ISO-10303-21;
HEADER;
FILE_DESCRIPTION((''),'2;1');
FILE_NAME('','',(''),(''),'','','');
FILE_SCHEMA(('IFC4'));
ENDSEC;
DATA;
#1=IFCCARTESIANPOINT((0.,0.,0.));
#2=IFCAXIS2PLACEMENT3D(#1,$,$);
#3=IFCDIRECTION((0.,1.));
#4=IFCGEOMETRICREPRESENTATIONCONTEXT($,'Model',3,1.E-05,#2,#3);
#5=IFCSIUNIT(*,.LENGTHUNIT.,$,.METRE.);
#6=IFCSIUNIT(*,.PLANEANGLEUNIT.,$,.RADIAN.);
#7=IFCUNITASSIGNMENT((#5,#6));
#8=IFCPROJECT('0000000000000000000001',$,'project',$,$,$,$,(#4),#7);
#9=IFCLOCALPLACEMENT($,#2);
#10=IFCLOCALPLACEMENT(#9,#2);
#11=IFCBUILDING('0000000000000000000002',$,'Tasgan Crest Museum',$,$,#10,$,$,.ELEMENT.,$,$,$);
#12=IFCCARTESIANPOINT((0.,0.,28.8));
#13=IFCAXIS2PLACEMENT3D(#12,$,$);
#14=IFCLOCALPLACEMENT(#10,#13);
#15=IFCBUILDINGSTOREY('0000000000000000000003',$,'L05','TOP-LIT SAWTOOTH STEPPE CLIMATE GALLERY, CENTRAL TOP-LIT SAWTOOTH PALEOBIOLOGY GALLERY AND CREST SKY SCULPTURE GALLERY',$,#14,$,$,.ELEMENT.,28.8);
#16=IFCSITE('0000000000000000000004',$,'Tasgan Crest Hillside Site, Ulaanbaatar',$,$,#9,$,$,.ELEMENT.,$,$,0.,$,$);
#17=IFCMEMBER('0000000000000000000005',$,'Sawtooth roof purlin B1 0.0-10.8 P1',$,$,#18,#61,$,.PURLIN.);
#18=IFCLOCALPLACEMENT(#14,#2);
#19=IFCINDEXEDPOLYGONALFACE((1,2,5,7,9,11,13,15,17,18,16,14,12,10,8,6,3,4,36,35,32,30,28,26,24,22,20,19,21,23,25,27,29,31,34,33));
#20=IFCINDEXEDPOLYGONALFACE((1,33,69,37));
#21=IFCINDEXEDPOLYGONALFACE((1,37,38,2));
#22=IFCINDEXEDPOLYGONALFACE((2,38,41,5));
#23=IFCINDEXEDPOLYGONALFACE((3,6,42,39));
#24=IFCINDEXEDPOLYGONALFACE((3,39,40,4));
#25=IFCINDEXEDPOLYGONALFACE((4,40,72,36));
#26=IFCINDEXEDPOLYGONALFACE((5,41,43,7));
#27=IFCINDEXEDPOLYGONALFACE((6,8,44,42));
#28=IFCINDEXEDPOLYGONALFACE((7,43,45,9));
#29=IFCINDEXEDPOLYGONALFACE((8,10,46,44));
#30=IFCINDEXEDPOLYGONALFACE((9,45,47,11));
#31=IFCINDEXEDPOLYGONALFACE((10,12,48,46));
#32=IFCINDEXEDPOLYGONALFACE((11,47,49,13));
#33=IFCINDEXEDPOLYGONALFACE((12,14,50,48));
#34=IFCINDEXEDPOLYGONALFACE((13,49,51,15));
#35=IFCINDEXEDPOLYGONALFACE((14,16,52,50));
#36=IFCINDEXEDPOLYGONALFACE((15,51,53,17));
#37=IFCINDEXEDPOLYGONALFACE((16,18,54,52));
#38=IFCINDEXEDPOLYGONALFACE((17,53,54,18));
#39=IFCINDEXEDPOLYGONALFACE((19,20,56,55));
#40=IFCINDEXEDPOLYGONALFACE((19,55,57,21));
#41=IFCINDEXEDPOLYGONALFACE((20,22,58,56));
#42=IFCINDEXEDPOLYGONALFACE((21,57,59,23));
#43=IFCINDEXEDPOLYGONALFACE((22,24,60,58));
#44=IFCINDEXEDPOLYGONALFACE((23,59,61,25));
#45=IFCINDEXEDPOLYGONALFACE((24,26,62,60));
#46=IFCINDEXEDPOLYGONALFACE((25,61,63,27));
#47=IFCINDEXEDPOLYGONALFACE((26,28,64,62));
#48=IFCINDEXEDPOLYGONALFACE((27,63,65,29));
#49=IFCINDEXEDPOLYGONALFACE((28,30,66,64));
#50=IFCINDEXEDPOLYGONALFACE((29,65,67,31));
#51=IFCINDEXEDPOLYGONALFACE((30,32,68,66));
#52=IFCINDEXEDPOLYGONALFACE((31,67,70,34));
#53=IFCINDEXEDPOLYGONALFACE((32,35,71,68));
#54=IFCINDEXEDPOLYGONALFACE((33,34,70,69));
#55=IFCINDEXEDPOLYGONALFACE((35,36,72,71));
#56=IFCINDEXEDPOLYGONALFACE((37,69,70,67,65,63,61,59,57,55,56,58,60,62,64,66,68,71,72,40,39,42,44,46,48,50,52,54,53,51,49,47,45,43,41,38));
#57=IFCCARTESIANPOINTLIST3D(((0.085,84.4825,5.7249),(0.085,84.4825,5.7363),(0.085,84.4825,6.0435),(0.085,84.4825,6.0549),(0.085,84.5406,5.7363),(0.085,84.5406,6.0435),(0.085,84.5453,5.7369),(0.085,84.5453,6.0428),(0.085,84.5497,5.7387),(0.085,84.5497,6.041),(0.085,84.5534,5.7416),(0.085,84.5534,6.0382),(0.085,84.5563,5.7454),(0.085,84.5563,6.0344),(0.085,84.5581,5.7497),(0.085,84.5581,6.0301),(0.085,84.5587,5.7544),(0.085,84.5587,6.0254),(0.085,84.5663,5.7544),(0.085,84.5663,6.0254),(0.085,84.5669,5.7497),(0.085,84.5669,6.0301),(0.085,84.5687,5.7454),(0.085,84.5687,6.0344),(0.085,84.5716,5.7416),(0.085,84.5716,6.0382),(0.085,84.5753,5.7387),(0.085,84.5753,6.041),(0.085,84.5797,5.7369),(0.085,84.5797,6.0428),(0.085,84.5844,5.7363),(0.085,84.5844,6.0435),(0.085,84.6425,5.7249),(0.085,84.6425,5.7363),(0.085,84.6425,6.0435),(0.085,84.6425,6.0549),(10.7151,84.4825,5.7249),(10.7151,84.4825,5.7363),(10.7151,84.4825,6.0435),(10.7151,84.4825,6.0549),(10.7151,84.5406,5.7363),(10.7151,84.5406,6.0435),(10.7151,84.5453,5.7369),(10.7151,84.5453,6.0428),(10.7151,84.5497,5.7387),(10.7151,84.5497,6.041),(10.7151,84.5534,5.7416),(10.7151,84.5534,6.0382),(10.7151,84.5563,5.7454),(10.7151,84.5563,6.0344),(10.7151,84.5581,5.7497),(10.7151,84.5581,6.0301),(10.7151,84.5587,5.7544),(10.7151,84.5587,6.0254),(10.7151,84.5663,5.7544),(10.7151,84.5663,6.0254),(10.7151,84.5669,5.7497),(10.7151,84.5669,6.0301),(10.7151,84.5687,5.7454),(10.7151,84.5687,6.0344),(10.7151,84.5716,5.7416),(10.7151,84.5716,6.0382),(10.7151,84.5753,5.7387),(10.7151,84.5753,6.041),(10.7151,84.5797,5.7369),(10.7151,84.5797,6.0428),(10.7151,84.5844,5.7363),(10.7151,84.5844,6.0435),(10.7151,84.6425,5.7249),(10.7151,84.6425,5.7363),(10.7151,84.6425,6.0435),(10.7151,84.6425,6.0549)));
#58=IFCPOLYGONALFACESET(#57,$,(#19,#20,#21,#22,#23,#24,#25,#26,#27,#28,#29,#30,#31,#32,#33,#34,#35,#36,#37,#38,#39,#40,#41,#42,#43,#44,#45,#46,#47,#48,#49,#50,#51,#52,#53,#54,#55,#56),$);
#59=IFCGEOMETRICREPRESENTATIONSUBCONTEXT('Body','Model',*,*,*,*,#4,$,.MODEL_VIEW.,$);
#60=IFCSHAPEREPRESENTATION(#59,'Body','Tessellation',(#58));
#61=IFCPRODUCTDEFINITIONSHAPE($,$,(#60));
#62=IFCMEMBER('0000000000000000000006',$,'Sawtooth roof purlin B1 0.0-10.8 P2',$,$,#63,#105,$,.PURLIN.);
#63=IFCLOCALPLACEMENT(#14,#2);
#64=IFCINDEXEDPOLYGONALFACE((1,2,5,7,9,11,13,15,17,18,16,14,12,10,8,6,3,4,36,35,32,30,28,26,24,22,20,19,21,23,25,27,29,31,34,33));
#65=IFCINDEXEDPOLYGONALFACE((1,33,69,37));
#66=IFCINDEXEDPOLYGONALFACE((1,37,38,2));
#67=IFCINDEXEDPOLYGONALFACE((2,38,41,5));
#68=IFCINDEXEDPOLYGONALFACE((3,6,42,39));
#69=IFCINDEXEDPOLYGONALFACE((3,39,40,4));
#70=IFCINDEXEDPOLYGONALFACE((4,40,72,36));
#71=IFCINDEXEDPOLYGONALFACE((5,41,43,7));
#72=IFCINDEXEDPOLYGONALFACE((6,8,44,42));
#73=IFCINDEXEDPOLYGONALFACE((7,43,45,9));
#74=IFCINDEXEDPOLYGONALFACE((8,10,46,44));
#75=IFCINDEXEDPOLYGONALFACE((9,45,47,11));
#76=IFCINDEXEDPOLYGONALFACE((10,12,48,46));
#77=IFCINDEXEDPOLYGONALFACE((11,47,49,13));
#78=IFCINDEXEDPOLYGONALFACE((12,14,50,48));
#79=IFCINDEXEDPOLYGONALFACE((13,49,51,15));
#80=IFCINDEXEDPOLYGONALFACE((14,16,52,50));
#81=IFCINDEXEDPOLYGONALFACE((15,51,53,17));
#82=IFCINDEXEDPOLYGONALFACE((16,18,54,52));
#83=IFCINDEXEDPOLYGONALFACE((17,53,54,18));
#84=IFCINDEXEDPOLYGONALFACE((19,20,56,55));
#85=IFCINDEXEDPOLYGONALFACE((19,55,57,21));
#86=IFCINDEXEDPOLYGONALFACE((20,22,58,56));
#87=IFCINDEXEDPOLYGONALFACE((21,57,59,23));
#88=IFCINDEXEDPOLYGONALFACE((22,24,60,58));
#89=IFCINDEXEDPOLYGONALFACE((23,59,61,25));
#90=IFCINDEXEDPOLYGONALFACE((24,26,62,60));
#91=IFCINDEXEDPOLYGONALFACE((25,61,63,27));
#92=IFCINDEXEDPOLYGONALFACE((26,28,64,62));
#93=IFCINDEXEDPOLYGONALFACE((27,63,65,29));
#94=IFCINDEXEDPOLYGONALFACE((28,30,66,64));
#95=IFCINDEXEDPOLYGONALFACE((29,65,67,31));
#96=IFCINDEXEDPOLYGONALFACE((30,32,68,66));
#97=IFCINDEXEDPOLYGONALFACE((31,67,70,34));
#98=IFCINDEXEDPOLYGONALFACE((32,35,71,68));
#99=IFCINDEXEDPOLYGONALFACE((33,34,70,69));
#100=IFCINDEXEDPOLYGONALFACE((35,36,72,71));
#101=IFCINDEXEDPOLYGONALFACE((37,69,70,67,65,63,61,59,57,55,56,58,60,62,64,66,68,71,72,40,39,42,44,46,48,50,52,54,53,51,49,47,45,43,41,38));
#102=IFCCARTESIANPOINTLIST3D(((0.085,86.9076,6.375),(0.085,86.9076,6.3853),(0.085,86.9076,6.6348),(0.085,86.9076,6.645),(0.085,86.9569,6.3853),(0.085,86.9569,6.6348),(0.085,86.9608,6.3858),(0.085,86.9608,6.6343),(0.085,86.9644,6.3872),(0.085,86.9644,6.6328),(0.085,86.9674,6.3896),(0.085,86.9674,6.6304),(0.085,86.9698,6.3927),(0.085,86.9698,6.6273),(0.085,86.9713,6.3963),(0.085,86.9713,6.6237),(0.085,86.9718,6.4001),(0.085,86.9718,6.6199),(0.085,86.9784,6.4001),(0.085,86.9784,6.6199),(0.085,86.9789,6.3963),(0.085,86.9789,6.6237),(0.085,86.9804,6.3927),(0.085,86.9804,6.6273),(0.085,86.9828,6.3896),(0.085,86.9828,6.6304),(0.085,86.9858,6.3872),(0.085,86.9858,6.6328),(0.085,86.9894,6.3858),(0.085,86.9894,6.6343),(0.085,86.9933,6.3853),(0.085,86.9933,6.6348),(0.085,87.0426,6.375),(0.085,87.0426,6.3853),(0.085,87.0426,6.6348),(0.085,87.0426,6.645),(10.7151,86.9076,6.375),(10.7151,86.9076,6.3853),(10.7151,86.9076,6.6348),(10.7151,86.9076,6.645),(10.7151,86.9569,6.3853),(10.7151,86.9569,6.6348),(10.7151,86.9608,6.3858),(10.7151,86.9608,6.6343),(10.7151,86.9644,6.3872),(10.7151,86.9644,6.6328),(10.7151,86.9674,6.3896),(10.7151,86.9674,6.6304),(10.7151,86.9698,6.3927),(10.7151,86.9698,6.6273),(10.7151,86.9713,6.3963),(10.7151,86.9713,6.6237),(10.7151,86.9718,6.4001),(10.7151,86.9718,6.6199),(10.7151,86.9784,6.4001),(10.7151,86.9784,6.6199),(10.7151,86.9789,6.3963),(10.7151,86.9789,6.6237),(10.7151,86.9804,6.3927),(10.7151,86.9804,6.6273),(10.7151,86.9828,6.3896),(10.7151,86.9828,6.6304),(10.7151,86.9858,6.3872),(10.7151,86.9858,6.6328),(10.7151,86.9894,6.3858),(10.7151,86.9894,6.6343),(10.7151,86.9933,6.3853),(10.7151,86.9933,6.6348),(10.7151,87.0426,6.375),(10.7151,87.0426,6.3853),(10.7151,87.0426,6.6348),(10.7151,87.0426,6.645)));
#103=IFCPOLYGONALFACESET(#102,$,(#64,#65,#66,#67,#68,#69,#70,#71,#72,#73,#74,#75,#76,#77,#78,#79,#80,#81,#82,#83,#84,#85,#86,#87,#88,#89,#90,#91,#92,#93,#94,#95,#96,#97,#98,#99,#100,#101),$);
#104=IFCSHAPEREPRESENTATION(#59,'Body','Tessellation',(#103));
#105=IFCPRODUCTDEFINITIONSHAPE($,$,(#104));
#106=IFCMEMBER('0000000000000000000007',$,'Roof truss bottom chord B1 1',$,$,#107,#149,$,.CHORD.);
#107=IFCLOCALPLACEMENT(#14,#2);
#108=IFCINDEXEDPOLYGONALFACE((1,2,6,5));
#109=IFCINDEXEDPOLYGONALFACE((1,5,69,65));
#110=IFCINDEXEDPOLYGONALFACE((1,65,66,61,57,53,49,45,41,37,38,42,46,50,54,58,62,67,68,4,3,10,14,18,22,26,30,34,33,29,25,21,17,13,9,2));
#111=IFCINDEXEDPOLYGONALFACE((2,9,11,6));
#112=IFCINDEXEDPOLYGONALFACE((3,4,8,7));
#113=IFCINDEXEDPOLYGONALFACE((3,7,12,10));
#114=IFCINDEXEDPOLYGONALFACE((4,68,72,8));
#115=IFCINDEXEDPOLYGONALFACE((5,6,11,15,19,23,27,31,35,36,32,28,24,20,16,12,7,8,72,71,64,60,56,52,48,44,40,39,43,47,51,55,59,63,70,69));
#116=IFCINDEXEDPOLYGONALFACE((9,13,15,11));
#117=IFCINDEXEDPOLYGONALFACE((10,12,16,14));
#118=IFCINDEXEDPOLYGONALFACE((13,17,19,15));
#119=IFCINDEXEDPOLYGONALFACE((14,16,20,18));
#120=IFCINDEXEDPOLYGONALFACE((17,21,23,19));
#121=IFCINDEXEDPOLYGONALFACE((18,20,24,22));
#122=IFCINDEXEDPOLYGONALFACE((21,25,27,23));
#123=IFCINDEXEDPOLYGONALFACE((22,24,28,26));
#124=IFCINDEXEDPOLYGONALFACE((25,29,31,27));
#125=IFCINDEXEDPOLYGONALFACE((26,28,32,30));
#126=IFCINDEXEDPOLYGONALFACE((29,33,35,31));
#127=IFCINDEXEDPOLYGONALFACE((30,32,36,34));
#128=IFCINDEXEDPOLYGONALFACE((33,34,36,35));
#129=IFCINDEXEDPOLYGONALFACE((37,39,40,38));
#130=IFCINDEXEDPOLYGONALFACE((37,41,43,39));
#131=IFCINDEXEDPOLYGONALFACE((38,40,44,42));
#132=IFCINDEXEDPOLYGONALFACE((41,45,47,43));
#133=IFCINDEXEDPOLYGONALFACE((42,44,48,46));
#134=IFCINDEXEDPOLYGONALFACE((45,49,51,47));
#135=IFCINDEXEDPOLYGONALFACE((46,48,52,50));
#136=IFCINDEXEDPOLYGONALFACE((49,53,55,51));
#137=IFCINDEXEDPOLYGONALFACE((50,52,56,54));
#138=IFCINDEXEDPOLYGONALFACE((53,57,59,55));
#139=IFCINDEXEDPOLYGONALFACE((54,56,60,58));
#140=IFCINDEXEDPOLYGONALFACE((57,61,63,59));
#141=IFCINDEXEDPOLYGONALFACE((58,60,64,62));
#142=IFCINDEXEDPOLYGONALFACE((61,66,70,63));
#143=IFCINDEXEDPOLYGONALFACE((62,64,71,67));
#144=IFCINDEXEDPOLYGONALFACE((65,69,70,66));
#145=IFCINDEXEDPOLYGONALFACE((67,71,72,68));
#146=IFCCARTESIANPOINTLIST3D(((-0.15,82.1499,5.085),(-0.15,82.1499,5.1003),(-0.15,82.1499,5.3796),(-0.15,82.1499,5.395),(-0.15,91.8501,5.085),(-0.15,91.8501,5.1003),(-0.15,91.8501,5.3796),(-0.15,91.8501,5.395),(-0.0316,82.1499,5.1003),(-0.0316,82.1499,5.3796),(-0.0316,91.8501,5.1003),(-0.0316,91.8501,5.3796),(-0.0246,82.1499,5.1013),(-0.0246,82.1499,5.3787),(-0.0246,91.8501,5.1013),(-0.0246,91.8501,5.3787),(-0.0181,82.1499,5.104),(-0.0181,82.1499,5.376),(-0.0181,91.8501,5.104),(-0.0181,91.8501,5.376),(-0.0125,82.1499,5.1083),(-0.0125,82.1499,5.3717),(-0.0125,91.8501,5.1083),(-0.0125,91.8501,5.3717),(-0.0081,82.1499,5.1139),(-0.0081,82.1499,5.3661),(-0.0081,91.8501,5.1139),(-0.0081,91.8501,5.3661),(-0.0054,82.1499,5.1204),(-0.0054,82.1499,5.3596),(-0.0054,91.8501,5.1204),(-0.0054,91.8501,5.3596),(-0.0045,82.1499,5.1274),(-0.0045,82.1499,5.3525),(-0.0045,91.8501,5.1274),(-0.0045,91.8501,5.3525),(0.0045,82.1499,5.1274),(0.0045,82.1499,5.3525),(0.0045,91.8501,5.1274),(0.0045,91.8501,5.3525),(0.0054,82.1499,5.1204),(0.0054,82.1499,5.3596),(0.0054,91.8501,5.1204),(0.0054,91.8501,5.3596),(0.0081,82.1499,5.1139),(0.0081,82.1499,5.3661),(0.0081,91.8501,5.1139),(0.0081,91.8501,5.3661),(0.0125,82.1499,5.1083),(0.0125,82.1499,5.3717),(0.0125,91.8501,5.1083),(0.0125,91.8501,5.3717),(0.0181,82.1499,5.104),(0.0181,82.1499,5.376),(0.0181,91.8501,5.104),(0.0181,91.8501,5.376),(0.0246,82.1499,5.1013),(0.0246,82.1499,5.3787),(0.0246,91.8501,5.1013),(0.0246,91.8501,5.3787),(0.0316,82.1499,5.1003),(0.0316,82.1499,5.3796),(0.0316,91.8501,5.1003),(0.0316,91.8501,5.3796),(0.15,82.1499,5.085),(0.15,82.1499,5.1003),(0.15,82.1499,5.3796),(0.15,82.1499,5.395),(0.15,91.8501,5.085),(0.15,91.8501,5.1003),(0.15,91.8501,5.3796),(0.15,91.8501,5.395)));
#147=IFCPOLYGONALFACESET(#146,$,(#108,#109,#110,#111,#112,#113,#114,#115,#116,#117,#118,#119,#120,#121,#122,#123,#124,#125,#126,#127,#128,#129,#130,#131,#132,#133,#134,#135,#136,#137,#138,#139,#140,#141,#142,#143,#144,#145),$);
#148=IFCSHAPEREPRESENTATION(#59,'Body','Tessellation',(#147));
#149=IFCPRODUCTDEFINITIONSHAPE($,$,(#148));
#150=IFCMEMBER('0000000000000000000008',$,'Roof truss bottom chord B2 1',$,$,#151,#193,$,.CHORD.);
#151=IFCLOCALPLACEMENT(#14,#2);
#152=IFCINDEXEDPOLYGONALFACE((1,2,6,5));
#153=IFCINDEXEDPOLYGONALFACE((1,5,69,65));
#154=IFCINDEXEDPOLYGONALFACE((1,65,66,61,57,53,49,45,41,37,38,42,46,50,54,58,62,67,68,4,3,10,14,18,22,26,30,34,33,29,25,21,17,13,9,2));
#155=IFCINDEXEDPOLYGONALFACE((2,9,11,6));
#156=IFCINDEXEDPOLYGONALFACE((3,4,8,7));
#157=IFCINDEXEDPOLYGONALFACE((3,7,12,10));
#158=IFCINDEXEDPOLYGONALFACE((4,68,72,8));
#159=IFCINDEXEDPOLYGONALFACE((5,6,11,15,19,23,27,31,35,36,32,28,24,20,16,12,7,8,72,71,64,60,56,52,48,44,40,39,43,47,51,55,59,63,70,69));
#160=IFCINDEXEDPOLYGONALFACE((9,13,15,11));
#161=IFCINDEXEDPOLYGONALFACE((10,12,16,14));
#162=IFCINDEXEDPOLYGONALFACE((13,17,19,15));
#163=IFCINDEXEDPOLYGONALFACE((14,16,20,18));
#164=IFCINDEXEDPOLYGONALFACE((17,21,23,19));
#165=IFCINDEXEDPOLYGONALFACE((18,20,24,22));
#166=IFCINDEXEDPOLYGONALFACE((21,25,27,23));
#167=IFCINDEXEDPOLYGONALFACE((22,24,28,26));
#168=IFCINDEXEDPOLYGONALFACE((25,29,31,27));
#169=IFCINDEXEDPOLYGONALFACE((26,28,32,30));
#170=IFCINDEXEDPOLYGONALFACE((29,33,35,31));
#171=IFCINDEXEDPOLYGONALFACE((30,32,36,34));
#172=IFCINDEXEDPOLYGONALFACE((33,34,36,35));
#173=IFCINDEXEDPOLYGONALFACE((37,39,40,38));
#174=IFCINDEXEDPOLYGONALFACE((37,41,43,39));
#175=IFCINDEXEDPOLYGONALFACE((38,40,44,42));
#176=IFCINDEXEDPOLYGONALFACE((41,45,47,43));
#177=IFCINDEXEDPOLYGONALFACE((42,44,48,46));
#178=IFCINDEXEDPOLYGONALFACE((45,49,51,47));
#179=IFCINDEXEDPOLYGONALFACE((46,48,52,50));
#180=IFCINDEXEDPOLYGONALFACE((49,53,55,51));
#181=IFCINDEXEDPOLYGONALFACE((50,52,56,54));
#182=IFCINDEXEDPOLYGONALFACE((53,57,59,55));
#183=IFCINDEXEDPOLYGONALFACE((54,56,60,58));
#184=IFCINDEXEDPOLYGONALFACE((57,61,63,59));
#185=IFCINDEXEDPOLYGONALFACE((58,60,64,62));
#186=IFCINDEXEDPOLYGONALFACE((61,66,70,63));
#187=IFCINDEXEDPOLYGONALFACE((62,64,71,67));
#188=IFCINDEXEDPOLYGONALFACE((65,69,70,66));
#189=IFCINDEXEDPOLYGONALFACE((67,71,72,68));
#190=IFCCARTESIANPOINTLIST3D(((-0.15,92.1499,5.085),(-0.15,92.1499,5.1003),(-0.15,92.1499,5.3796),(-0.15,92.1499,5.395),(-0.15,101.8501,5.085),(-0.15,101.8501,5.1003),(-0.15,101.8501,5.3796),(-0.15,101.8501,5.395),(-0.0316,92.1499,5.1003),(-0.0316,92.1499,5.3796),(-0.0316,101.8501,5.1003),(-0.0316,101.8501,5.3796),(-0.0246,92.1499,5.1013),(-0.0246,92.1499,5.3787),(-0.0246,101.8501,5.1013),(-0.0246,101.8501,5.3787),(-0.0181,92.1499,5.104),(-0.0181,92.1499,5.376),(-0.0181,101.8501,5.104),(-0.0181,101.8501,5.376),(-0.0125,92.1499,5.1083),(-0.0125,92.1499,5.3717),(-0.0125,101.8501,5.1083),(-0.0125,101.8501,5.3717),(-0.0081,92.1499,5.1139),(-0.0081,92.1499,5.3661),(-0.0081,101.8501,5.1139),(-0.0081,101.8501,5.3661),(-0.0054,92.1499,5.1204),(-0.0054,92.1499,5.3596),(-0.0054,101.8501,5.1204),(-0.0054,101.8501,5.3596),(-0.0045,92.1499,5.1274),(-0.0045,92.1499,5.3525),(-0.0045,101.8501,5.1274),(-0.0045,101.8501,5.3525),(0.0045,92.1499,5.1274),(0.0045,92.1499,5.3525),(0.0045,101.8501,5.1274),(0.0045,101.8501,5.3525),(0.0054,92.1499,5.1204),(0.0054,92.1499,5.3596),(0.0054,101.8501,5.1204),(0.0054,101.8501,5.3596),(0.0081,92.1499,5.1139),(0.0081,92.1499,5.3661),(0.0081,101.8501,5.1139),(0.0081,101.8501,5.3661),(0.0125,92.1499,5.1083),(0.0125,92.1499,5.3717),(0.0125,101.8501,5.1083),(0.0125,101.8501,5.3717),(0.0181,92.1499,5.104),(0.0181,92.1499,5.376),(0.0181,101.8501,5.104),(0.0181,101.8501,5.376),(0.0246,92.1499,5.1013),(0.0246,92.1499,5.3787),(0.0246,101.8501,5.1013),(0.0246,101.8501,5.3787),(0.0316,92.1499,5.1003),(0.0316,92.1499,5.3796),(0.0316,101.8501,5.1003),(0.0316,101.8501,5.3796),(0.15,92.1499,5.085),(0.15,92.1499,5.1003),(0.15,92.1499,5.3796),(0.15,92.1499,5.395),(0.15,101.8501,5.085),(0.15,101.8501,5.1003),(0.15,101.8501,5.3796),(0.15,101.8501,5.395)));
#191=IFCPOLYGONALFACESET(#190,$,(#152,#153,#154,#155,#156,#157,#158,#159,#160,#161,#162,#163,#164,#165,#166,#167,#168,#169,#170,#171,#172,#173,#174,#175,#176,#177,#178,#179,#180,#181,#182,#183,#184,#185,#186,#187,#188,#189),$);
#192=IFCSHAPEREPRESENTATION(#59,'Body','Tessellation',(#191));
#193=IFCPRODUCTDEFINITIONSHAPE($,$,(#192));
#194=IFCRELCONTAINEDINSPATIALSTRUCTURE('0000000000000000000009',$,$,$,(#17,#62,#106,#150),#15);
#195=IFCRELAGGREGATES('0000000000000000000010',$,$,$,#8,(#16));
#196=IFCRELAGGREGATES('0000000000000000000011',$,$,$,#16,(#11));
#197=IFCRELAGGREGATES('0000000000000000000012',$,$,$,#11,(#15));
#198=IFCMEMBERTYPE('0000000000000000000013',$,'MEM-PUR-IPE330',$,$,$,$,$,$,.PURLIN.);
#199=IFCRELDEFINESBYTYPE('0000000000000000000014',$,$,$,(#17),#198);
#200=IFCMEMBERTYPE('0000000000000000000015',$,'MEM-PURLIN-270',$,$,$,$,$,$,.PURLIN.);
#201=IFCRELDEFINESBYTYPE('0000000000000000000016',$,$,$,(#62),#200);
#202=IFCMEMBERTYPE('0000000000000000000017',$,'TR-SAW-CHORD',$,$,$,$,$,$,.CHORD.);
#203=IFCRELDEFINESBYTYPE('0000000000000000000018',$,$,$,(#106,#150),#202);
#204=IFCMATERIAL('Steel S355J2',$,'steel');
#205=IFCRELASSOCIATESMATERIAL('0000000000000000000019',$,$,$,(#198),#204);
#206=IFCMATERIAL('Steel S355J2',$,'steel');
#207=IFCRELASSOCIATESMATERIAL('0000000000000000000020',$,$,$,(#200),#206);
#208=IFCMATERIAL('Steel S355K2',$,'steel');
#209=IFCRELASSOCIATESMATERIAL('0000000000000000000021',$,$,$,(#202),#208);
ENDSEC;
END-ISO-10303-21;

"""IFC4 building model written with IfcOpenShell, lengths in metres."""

from ifc_helpers import new_model, si_unit, direction, frame, origin, origin_2d, place, context, subcontext, project, spatial, i_section, extrude, material, material_profile, profile_set, type_object, element, save


model = new_model("IFC4")

# Units and contexts
model_context = context("Model", 3, precision=1e-05, world=origin(), true_north=direction((0.0, 1.0)))
body_context = subcontext(model_context, "Body", "Model", "MODEL_VIEW")
ifc_project = project(units=[si_unit("LENGTHUNIT", "METRE"), si_unit("PLANEANGLEUNIT", "RADIAN")], contexts=[model_context])

# Site, building, storey
site_placement = place(None, origin())
site = spatial("IfcSite", under=ifc_project, at=site_placement, Name="Tasgan Crest Hillside Site, Ulaanbaatar", CompositionType="ELEMENT", RefElevation=0.0)
building_placement = place(site_placement, origin())
building = spatial("IfcBuilding", under=site, at=building_placement, Name="Tasgan Crest Museum", CompositionType="ELEMENT")
storey_placement = place(building_placement, frame((0.0, 0.0, 28.8)))
storey = spatial("IfcBuildingStorey", under=building, at=storey_placement, Name="L05", Description="TOP-LIT SAWTOOTH STEPPE CLIMATE GALLERY, CENTRAL TOP-LIT SAWTOOTH PALEOBIOLOGY GALLERY AND CREST SKY SCULPTURE GALLERY", CompositionType="ELEMENT", Elevation=28.8)

# Members
ifc_material_1 = material(Name="Steel S355J2", Category="steel")
ifc_material_profile_1 = material_profile(ifc_material_1, i_section(OverallWidth=0.1599, OverallDepth=0.3301, WebThickness=0.0076, FlangeThickness=0.0115, FilletRadius=0.0181, at=origin_2d()), Name="IPE 330")
ifc_profile_set_1 = profile_set([ifc_material_profile_1], Name="Steel S355J2")
member_type_1 = type_object("IfcMemberType", Name="MEM-PUR-IPE330", PredefinedType="PURLIN", material=ifc_profile_set_1)
member_1_placement = place(storey_placement, frame((0.085, 84.5625, 5.8899), z_axis=(1.0, 0.0, 0.0), x_axis=(0.0, 1.0, 0.0)))
element("IfcMember", 1, at=member_1_placement, inside=storey, type_object=member_type_1, Name="Sawtooth roof purlin B1 0.0-10.8 P1", PredefinedType="PURLIN", context=body_context, shape_type="SweptSolid", body=[
    extrude(i_section(OverallWidth=0.1599, OverallDepth=0.3301, WebThickness=0.0076, FlangeThickness=0.0115, FilletRadius=0.0181, at=origin_2d()), origin(), (0.0, 0.0, 1.0), 10.6301),
])
ifc_material_2 = material(Name="Steel S355J2", Category="steel")
ifc_material_profile_2 = material_profile(ifc_material_2, i_section(OverallWidth=0.135, OverallDepth=0.27, WebThickness=0.0066, FlangeThickness=0.0103, FilletRadius=0.0149, at=origin_2d()), Name="IPE 270")
ifc_profile_set_2 = profile_set([ifc_material_profile_2], Name="Steel S355J2")
member_type_2 = type_object("IfcMemberType", Name="MEM-PURLIN-270", PredefinedType="PURLIN", material=ifc_profile_set_2)
member_2_placement = place(storey_placement, frame((0.085, 86.9751, 6.51), z_axis=(1.0, 0.0, 0.0), x_axis=(0.0, 1.0, 0.0)))
element("IfcMember", 2, at=member_2_placement, inside=storey, type_object=member_type_2, Name="Sawtooth roof purlin B1 0.0-10.8 P2", PredefinedType="PURLIN", context=body_context, shape_type="SweptSolid", body=[
    extrude(i_section(OverallWidth=0.135, OverallDepth=0.27, WebThickness=0.0066, FlangeThickness=0.0103, FilletRadius=0.0149, at=origin_2d()), origin(), (0.0, 0.0, 1.0), 10.6301),
])
ifc_material_3 = material(Name="Steel S355K2", Category="steel")
ifc_material_profile_3 = material_profile(ifc_material_3, i_section(OverallWidth=0.3, OverallDepth=0.3101, WebThickness=0.009, FlangeThickness=0.0154, FilletRadius=0.0271, at=origin_2d()), Name="HEA 320")
ifc_profile_set_3 = profile_set([ifc_material_profile_3], Name="Steel S355K2")
member_type_3 = type_object("IfcMemberType", Name="TR-SAW-CHORD", PredefinedType="CHORD", material=ifc_profile_set_3)
for number, where, z_axis, x_axis, name in (
    (3, (0.0, 82.1499, 5.24), (0.0, 1.0, 0.0), (-1.0, 0.0, 0.0), "Roof truss bottom chord B1 1"),
    (4, (0.0, 92.1499, 5.24), (0.0, 1.0, 0.0), (-1.0, 0.0, 0.0), "Roof truss bottom chord B2 1"),
):
    element("IfcMember", number, at=place(storey_placement, frame(where, z_axis=z_axis, x_axis=x_axis)), inside=storey, type_object=member_type_3, Name=name, PredefinedType="CHORD", context=body_context, shape_type="SweptSolid", body=[
        extrude(i_section(OverallWidth=0.3, OverallDepth=0.3101, WebThickness=0.009, FlangeThickness=0.0154, FilletRadius=0.0271, at=origin_2d()), origin(), (0.0, 0.0, 1.0), 9.7002),
    ])

save(model, "model.ifc")
